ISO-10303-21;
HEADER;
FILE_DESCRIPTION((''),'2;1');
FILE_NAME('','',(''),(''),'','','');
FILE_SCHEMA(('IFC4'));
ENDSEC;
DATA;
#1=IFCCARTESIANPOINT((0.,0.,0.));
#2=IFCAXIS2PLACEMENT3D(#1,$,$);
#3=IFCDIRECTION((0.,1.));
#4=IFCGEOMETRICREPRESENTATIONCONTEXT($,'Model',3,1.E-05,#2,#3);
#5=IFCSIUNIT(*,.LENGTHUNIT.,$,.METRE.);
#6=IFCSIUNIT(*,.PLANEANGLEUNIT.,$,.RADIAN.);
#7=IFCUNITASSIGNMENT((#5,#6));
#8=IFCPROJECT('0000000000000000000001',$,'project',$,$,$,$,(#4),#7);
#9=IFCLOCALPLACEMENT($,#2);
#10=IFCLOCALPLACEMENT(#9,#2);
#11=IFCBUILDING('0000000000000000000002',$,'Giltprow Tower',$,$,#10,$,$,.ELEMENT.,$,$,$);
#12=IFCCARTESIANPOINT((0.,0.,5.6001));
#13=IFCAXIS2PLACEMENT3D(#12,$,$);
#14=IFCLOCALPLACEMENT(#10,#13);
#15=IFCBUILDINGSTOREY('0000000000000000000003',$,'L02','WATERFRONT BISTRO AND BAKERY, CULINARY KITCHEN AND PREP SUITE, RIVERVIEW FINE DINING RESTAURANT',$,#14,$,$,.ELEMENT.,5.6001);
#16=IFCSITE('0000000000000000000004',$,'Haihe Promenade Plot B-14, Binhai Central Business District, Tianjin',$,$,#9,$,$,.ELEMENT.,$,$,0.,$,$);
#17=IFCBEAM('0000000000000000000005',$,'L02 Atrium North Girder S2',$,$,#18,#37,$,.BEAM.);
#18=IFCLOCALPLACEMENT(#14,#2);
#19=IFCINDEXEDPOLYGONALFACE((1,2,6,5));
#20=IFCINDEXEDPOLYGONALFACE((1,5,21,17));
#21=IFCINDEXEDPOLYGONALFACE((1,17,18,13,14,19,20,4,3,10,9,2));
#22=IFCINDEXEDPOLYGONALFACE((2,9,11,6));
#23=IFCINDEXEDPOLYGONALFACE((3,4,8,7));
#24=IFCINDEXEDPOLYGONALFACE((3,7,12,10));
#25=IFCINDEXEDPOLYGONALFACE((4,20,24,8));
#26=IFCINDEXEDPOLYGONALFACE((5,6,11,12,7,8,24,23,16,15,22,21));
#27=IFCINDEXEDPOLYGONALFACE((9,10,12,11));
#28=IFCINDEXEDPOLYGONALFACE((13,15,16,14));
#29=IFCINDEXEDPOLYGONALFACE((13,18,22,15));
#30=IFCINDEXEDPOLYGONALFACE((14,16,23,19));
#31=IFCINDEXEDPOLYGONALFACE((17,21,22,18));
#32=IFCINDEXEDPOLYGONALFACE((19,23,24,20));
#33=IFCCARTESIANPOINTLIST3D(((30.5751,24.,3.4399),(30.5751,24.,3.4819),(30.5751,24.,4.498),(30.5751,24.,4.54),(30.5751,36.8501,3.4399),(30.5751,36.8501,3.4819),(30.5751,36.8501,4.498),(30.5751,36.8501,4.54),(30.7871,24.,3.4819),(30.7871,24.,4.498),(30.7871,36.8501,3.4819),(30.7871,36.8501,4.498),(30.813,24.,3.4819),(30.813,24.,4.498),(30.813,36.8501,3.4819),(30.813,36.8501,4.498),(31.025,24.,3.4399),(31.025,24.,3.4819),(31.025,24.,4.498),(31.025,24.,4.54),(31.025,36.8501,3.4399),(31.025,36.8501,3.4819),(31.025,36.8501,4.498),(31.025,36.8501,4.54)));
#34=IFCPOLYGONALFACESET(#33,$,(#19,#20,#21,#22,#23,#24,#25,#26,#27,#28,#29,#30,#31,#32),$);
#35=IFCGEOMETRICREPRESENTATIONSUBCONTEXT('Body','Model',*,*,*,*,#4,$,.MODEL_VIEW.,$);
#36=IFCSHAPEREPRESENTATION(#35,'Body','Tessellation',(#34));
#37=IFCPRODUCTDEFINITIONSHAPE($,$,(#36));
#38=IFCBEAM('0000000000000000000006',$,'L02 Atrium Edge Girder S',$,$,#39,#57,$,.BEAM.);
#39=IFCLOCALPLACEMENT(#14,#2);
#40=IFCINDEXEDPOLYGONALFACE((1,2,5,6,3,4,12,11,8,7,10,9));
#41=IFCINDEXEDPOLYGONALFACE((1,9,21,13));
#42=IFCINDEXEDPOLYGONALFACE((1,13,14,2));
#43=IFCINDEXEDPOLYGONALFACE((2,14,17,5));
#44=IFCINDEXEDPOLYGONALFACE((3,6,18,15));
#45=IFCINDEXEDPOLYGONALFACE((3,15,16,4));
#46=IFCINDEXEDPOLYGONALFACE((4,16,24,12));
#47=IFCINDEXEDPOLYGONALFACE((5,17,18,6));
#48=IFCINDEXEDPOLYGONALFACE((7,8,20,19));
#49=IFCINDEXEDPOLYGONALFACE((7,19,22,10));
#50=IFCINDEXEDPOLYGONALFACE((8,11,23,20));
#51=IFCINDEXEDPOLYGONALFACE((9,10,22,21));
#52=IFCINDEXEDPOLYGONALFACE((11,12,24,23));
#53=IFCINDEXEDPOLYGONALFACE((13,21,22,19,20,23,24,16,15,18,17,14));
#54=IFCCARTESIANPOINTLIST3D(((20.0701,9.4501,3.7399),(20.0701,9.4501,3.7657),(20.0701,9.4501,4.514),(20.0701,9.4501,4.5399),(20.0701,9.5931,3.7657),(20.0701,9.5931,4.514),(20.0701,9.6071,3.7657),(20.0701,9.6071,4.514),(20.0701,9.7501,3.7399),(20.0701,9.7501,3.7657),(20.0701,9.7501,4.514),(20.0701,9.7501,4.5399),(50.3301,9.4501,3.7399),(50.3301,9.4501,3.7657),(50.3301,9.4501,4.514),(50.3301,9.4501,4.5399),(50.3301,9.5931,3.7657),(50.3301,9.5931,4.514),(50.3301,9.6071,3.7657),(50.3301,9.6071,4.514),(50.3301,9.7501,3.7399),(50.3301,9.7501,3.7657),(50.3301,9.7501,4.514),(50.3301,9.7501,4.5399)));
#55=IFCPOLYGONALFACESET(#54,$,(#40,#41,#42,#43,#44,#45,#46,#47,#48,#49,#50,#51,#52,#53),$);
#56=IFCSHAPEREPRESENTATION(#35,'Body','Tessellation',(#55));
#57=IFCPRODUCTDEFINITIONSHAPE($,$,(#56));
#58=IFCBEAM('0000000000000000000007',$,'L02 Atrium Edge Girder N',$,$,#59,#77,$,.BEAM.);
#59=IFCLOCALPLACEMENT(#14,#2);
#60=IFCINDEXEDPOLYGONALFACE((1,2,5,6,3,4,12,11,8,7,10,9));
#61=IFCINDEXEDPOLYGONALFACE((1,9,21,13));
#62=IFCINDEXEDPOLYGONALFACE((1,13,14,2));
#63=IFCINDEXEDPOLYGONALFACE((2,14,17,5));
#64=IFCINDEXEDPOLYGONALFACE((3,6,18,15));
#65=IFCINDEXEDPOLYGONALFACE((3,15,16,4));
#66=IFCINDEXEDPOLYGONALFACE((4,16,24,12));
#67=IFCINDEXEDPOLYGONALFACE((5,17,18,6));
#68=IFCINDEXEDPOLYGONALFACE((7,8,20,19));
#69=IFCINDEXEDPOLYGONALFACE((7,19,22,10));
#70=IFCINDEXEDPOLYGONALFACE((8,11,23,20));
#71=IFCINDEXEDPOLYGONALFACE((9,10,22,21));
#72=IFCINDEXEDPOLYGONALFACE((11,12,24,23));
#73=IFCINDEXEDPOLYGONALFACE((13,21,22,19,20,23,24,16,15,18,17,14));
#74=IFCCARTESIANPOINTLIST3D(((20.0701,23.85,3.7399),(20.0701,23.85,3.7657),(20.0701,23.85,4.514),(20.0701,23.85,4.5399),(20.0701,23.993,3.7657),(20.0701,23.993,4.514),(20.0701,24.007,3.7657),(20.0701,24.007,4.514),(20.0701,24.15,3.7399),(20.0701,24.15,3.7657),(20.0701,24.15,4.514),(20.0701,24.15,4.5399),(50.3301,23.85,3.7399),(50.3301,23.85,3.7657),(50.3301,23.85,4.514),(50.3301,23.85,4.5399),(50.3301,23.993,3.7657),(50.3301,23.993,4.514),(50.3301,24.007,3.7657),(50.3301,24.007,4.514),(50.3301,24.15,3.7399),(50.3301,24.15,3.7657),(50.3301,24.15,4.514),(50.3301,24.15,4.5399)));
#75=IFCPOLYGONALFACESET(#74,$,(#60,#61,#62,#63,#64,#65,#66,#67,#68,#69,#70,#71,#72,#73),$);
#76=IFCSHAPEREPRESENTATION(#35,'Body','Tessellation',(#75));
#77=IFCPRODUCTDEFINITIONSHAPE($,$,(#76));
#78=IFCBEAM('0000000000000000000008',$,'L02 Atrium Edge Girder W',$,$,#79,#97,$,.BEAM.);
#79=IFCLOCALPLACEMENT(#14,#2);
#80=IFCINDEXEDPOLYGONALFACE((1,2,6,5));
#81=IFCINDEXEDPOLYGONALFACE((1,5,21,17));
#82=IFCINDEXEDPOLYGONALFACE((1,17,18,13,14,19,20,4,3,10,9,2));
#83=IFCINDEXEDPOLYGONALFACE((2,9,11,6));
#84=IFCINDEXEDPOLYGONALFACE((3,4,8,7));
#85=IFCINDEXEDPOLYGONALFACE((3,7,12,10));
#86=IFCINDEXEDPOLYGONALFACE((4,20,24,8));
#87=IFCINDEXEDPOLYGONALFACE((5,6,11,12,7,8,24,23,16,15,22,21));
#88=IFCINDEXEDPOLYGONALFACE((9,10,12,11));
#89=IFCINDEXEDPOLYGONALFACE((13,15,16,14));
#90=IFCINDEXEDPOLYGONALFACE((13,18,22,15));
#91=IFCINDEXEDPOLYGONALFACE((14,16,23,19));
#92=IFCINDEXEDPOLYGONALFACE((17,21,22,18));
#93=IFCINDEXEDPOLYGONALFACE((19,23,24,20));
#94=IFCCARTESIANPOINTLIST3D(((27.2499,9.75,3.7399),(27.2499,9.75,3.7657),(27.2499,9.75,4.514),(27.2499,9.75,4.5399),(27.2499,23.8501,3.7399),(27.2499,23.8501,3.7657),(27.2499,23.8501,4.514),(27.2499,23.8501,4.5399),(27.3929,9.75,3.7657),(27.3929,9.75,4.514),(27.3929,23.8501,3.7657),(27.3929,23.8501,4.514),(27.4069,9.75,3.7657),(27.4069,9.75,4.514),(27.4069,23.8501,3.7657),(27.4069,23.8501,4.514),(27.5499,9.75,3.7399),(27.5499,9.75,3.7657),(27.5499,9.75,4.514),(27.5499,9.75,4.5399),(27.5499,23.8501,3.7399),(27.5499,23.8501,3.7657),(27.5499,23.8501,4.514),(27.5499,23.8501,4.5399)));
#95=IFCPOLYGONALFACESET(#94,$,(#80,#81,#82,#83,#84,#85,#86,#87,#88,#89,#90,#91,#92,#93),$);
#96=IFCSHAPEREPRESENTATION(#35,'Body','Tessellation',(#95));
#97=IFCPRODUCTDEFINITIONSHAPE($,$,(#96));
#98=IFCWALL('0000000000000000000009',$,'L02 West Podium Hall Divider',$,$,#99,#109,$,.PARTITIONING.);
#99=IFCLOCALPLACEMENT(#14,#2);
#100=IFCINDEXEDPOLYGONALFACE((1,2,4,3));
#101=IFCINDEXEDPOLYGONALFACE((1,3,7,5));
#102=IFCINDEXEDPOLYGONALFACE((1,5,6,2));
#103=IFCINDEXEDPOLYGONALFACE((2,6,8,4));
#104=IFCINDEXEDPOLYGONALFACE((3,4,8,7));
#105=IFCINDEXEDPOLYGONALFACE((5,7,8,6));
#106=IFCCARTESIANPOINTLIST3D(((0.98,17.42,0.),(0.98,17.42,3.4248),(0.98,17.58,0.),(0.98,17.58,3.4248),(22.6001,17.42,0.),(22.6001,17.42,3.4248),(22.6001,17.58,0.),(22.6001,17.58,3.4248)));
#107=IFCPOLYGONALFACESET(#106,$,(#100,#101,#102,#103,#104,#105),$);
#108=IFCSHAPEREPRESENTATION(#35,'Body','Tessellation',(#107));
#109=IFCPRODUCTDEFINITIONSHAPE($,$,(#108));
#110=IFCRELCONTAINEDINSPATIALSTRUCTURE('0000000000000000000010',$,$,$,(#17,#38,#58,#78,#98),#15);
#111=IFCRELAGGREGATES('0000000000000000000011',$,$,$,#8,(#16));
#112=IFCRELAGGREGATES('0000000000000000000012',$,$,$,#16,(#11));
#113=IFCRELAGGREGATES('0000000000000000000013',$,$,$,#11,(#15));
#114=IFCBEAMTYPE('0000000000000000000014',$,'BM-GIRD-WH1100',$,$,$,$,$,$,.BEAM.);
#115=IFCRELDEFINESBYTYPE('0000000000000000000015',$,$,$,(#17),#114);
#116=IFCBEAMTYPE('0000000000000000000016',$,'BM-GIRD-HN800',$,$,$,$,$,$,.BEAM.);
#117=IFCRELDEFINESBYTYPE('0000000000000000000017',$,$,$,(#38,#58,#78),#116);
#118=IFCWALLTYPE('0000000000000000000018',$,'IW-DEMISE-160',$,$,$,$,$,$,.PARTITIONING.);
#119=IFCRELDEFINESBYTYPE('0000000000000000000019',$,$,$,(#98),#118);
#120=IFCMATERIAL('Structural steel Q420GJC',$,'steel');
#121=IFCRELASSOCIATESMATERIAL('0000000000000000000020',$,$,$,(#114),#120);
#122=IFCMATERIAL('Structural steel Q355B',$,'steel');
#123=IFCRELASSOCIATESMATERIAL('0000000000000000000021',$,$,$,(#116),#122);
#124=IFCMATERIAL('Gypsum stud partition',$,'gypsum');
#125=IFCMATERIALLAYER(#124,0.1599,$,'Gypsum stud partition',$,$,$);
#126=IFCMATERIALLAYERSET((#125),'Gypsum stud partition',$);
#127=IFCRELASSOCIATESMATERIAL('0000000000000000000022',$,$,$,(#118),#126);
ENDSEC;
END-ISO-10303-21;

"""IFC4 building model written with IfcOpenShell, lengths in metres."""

from ifc_helpers import new_model, si_unit, direction, frame, frame_2d, origin, origin_2d, place, context, subcontext, project, spatial, rectangle, i_section, extrude, source, transform, mapped, material, layer, layer_set, material_profile, profile_set, type_object, element, save


model = new_model("IFC4")

# Units and contexts
model_context = context("Model", 3, precision=1e-05, world=origin(), true_north=direction((0.0, 1.0)))
body_context = subcontext(model_context, "Body", "Model", "MODEL_VIEW")
ifc_project = project(units=[si_unit("LENGTHUNIT", "METRE"), si_unit("PLANEANGLEUNIT", "RADIAN")], contexts=[model_context])

# Site, building, storey
site_placement = place(None, origin())
site = spatial("IfcSite", under=ifc_project, at=site_placement, Name="Haihe Promenade Plot B-14, Binhai Central Business District, Tianjin", CompositionType="ELEMENT", RefElevation=0.0)
building_placement = place(site_placement, origin())
building = spatial("IfcBuilding", under=site, at=building_placement, Name="Giltprow Tower", CompositionType="ELEMENT")
storey_placement = place(building_placement, frame((0.0, 0.0, 5.6001)))
storey = spatial("IfcBuildingStorey", under=building, at=storey_placement, Name="L02", Description="WATERFRONT BISTRO AND BAKERY, CULINARY KITCHEN AND PREP SUITE, RIVERVIEW FINE DINING RESTAURANT", CompositionType="ELEMENT", Elevation=5.6001)

# Shared definitions
ifc_material_1 = material(Name="Structural steel Q420GJC", Category="steel")

# Beams
ifc_material_profile_1 = material_profile(ifc_material_1, i_section(OverallWidth=0.45, OverallDepth=1.1001, WebThickness=0.0259, FlangeThickness=0.042, at=origin_2d()), Name="WH 1100x450x26x42")
ifc_profile_set_1 = profile_set([ifc_material_profile_1], Name="Structural steel Q420GJC")
beam_type_1 = type_object("IfcBeamType", Name="BM-GIRD-WH1100", PredefinedType="BEAM", material=ifc_profile_set_1)
shared_shape_1 = source(origin(), body_context, "Body", "SweptSolid", [
    extrude(i_section(OverallWidth=0.45, OverallDepth=1.1001, WebThickness=0.0259, FlangeThickness=0.042, at=origin_2d()), origin(), (0.0, 0.0, 1.0), 12.8501),
])
beam_1_placement = place(storey_placement, frame((30.8, 24.0, 3.99), z_axis=(0.0, 1.0, 0.0), x_axis=(-1.0, 0.0, 0.0)))
element("IfcBeam", 1, at=beam_1_placement, inside=storey, type_object=beam_type_1, Name="L02 Atrium North Girder S2", PredefinedType="BEAM", context=body_context, shape_type="MappedRepresentation", body=[
    mapped(shared_shape_1, transform((0.0, 0.0, 0.0), x_axis=(1.0, 0.0, 0.0), y_axis=(0.0, 1.0, 0.0), z_axis=(0.0, 0.0, 1.0), scale=1.0)),
])
ifc_material_2 = material(Name="Structural steel Q355B", Category="steel")
ifc_material_profile_2 = material_profile(ifc_material_2, i_section(OverallWidth=0.3, OverallDepth=0.8, WebThickness=0.0139, FlangeThickness=0.0259, at=origin_2d()), Name="HN 800x300x14x26")
ifc_profile_set_2 = profile_set([ifc_material_profile_2], Name="Structural steel Q355B")
beam_type_2 = type_object("IfcBeamType", Name="BM-GIRD-HN800", PredefinedType="BEAM", material=ifc_profile_set_2)
shared_shape_2 = source(origin(), body_context, "Body", "SweptSolid", [
    extrude(i_section(OverallWidth=0.3, OverallDepth=0.8, WebThickness=0.0139, FlangeThickness=0.0259, at=origin_2d()), origin(), (0.0, 0.0, 1.0), 30.26),
])
for number, where, z_axis, x_axis, name in (
    (2, (20.0701, 9.6001, 4.1399), (1.0, 0.0, 0.0), (0.0, 1.0, 0.0), "L02 Atrium Edge Girder S"),
    (3, (20.0701, 24.0, 4.1399), (1.0, 0.0, 0.0), (0.0, 1.0, 0.0), "L02 Atrium Edge Girder N"),
):
    element("IfcBeam", number, at=place(storey_placement, frame(where, z_axis=z_axis, x_axis=x_axis)), inside=storey, type_object=beam_type_2, Name=name, PredefinedType="BEAM", context=body_context, shape_type="MappedRepresentation", body=[
        mapped(shared_shape_2, transform((0.0, 0.0, 0.0), x_axis=(1.0, 0.0, 0.0), y_axis=(0.0, 1.0, 0.0), z_axis=(0.0, 0.0, 1.0), scale=1.0)),
    ])
shared_shape_3 = source(origin(), body_context, "Body", "SweptSolid", [
    extrude(i_section(OverallWidth=0.3, OverallDepth=0.8, WebThickness=0.0139, FlangeThickness=0.0259, at=origin_2d()), origin(), (0.0, 0.0, 1.0), 14.1001),
])
beam_2_placement = place(storey_placement, frame((27.3999, 9.75, 4.1399), z_axis=(0.0, 1.0, 0.0), x_axis=(-1.0, 0.0, 0.0)))
element("IfcBeam", 4, at=beam_2_placement, inside=storey, type_object=beam_type_2, Name="L02 Atrium Edge Girder W", PredefinedType="BEAM", context=body_context, shape_type="MappedRepresentation", body=[
    mapped(shared_shape_3, transform((0.0, 0.0, 0.0), x_axis=(1.0, 0.0, 0.0), y_axis=(0.0, 1.0, 0.0), z_axis=(0.0, 0.0, 1.0), scale=1.0)),
])

# Wall
ifc_material_3 = material(Name="Gypsum stud partition", Category="gypsum")
ifc_layer = layer(ifc_material_3, 0.1599, Name="Gypsum stud partition")
ifc_layer_set = layer_set([ifc_layer], Name="Gypsum stud partition")
wall_type = type_object("IfcWallType", Name="IW-DEMISE-160", PredefinedType="PARTITIONING", material=ifc_layer_set)
wall_placement = place(storey_placement, frame((0.98, 17.5, 0.0), z_axis=(0.0, 0.0, 1.0), x_axis=(1.0, 0.0, 0.0)))
element("IfcWall", 5, at=wall_placement, inside=storey, type_object=wall_type, Name="L02 West Podium Hall Divider", PredefinedType="PARTITIONING", context=body_context, shape_type="SweptSolid", body=[
    extrude(rectangle(XDim=21.6201, YDim=0.1599, at=frame_2d((10.8101, 0.0))), origin(), (0.0, 0.0, 1.0), 3.4248),
])

save(model, "model.ifc")
